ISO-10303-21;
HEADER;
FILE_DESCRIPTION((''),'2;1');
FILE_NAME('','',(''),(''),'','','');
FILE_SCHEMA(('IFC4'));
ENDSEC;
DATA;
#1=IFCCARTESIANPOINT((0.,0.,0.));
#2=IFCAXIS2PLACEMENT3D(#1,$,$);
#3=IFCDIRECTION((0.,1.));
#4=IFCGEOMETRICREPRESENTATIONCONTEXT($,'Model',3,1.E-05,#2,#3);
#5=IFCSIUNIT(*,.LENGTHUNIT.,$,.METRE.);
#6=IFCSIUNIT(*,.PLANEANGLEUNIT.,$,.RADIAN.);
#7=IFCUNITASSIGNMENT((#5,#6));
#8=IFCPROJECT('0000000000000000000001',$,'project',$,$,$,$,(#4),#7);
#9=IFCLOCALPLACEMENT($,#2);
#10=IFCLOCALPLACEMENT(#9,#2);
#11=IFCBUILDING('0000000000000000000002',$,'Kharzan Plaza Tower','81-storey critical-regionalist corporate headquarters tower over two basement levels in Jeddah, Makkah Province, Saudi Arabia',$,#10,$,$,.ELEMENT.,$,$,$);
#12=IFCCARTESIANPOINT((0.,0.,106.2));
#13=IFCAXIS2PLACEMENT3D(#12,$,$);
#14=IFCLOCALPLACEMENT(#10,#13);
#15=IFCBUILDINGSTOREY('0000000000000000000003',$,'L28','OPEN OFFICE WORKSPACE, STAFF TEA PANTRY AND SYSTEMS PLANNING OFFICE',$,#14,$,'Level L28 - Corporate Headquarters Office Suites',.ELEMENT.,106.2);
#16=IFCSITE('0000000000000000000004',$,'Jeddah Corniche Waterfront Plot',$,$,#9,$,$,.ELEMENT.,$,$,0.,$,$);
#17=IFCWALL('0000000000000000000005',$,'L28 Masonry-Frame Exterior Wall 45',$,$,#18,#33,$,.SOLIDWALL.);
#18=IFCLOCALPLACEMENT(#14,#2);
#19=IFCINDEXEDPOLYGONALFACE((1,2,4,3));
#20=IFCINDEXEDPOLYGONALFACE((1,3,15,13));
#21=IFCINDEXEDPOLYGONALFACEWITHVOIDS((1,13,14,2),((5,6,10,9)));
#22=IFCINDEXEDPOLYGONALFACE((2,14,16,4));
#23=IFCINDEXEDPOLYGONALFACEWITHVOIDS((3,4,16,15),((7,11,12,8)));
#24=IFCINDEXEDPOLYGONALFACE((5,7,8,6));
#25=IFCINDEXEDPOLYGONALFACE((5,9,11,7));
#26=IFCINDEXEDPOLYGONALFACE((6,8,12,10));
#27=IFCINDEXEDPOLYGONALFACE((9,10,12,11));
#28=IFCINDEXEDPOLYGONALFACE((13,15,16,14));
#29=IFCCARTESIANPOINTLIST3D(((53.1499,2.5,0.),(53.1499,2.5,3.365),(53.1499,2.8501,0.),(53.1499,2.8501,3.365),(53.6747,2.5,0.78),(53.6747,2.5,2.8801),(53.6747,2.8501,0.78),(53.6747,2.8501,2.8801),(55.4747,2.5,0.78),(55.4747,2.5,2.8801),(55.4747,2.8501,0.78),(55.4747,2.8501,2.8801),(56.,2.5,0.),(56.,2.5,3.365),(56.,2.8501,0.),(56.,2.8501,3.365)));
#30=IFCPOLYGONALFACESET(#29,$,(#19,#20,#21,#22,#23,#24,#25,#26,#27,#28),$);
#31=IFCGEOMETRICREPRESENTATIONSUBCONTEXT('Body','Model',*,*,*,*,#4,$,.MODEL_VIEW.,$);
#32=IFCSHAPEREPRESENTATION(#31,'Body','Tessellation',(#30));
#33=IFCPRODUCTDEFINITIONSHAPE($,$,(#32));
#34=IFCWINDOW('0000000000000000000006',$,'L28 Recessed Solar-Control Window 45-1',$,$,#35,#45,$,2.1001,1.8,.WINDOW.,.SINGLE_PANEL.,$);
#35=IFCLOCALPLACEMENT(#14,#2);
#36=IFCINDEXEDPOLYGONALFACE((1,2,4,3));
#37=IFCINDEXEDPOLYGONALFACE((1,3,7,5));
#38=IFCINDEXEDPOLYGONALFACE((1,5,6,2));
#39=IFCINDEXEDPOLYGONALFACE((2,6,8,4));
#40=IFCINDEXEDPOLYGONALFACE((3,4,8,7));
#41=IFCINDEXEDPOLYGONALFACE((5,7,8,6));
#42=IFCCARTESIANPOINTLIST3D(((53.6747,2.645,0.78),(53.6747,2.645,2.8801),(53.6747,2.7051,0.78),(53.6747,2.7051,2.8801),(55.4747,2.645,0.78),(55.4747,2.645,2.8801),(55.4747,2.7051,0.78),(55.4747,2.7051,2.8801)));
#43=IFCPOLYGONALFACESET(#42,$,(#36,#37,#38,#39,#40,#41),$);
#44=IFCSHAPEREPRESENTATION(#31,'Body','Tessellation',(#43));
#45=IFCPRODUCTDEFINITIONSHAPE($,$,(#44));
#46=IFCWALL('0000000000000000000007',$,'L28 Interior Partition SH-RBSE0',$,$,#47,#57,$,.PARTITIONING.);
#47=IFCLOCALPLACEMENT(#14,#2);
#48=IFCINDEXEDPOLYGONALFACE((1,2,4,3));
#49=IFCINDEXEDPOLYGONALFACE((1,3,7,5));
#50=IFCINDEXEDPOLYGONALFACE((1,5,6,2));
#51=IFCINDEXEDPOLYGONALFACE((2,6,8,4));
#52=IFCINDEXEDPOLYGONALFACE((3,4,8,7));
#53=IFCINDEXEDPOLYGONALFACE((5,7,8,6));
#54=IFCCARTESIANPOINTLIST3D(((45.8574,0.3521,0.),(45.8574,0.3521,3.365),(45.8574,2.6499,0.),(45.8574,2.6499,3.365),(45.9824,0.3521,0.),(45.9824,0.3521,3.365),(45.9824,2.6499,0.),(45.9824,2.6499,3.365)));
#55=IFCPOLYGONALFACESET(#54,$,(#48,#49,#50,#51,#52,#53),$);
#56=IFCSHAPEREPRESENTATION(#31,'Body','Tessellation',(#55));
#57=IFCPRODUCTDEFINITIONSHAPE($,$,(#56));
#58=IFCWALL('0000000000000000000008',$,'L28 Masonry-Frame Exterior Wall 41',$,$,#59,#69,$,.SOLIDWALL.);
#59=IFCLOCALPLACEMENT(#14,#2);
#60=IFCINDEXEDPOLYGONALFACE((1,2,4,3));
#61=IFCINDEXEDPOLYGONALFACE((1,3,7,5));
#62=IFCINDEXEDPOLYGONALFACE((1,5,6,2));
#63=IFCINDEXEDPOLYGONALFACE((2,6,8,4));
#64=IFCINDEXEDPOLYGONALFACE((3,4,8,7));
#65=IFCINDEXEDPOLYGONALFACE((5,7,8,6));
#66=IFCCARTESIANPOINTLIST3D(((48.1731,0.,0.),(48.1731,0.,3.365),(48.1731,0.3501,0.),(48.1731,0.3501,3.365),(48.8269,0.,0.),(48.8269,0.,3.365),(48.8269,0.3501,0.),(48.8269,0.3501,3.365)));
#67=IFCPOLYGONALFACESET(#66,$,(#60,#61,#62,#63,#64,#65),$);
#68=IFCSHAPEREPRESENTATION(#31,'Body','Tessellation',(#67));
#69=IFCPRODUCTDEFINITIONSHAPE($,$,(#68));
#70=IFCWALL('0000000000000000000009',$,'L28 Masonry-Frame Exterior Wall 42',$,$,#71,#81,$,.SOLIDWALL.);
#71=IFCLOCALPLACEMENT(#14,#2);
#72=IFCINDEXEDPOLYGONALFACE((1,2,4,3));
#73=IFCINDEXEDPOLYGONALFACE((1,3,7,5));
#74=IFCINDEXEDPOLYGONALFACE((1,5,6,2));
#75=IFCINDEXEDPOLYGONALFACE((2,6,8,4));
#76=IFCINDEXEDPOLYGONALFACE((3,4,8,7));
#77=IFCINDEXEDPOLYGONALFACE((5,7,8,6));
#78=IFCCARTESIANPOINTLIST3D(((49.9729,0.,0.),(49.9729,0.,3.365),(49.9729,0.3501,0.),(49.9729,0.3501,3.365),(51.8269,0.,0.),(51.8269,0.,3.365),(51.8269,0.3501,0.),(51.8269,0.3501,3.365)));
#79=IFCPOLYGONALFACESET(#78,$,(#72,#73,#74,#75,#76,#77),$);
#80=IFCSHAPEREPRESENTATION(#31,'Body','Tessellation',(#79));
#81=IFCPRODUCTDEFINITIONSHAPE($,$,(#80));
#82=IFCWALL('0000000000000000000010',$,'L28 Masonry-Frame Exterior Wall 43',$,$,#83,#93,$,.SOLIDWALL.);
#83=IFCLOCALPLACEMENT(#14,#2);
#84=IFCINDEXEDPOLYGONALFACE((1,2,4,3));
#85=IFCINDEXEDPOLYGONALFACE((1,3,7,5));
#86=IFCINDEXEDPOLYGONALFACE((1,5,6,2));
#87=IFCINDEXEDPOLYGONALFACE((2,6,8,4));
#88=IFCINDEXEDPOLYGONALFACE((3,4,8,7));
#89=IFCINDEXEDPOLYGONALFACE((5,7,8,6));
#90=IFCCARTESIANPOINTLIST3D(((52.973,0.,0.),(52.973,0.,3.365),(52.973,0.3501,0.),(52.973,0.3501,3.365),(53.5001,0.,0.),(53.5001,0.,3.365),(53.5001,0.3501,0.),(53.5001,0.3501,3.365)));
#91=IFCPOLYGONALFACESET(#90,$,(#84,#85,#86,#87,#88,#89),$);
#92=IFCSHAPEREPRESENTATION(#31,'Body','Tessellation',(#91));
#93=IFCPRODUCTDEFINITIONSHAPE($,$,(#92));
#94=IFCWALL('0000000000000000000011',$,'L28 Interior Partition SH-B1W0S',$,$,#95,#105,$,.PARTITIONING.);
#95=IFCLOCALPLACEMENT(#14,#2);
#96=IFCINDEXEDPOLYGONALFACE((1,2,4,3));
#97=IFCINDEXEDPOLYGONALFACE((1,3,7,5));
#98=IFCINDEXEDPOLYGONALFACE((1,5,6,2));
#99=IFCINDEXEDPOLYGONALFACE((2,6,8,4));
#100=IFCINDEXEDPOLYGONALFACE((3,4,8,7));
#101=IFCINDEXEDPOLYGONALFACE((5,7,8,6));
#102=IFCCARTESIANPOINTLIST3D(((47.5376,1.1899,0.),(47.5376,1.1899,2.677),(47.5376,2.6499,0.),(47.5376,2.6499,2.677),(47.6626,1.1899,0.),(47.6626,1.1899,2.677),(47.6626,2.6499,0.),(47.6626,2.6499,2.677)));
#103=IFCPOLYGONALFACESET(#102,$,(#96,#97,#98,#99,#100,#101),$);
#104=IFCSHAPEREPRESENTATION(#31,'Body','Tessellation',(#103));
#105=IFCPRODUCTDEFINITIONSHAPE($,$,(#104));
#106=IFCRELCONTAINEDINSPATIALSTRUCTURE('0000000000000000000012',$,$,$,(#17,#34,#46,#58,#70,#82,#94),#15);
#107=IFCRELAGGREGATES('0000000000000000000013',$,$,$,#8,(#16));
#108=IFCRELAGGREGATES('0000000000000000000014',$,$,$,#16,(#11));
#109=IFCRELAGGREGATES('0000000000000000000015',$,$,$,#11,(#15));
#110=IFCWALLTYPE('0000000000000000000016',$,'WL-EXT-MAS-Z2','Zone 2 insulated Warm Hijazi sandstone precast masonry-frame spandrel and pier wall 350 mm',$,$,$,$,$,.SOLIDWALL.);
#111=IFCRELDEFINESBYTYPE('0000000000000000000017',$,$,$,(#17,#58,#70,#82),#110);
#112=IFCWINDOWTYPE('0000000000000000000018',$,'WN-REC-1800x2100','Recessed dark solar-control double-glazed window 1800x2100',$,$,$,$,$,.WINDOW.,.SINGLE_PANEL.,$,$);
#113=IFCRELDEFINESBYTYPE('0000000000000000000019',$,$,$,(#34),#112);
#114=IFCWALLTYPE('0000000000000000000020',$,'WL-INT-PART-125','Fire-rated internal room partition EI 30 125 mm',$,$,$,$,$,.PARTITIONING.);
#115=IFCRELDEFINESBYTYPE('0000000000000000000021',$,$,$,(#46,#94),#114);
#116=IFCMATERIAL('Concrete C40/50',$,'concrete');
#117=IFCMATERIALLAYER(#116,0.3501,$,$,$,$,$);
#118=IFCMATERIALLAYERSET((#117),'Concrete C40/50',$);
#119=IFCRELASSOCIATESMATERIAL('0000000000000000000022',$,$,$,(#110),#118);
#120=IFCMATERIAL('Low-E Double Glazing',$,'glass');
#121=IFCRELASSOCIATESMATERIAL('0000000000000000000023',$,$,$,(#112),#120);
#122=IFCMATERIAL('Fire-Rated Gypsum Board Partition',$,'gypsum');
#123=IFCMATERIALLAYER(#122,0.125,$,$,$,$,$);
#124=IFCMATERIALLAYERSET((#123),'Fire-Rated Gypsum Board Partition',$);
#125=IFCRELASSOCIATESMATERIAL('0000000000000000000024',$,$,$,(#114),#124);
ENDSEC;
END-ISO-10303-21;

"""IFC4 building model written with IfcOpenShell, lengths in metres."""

from ifc_helpers import new_model, si_unit, direction, frame, frame_2d, origin, place, context, subcontext, project, spatial, rectangle, extrude, source, transform, mapped, material, layer, layer_set, type_object, element, fill, save


model = new_model("IFC4")

# Units and contexts
model_context = context("Model", 3, precision=1e-05, world=origin(), true_north=direction((0.0, 1.0)))
body_context = subcontext(model_context, "Body", "Model", "MODEL_VIEW")
ifc_project = project(units=[si_unit("LENGTHUNIT", "METRE"), si_unit("PLANEANGLEUNIT", "RADIAN")], contexts=[model_context])

# Site, building, storey
site_placement = place(None, origin())
site = spatial("IfcSite", under=ifc_project, at=site_placement, Name="Jeddah Corniche Waterfront Plot", CompositionType="ELEMENT", RefElevation=0.0)
building_placement = place(site_placement, origin())
building = spatial("IfcBuilding", under=site, at=building_placement, Name="Kharzan Plaza Tower", Description="81-storey critical-regionalist corporate headquarters tower over two basement levels in Jeddah, Makkah Province, Saudi Arabia", CompositionType="ELEMENT")
storey_placement = place(building_placement, frame((0.0, 0.0, 106.2)))
storey = spatial("IfcBuildingStorey", under=building, at=storey_placement, Name="L28", Description="OPEN OFFICE WORKSPACE, STAFF TEA PANTRY AND SYSTEMS PLANNING OFFICE", LongName="Level L28 - Corporate Headquarters Office Suites", CompositionType="ELEMENT", Elevation=106.2)

# Wall, opening, window
ifc_material_1 = material(Name="Concrete C40/50", Category="concrete")
ifc_layer_1 = layer(ifc_material_1, 0.3501)
ifc_layer_set_1 = layer_set([ifc_layer_1], Name="Concrete C40/50")
wall_type_1 = type_object("IfcWallType", Name="WL-EXT-MAS-Z2", Description="Zone 2 insulated Warm Hijazi sandstone precast masonry-frame spandrel and pier wall 350 mm", PredefinedType="SOLIDWALL", material=ifc_layer_set_1)
ifc_material_2 = material(Name="Low-E Double Glazing", Category="glass")
wall_1_placement = place(storey_placement, frame((53.1499, 2.675, 0.0), z_axis=(0.0, 0.0, 1.0), x_axis=(1.0, 0.0, 0.0)))
wall_1 = element("IfcWall", 1, at=wall_1_placement, inside=storey, type_object=wall_type_1, Name="L28 Masonry-Frame Exterior Wall 45", PredefinedType="SOLIDWALL", context=body_context, shape_type="SweptSolid", body=[
    extrude(rectangle(XDim=2.8501, YDim=0.3501, at=frame_2d((1.425, 0.0))), origin(), (0.0, 0.0, 1.0), 3.365),
])
opening_1_placement = place(wall_1_placement, frame((0.5249, 0.0, 0.78)))
opening_1 = element("IfcOpeningElement", 2, at=opening_1_placement, cuts=wall_1, PredefinedType="OPENING", context=body_context, shape_type="SweptSolid", body=[
    extrude(rectangle(XDim=1.8, YDim=2.1001, at=frame_2d((0.8999, 1.05))), frame((0.0, 0.1851, 0.0), z_axis=(0.0, -1.0, 0.0), x_axis=(1.0, 0.0, 0.0)), (0.0, 0.0, 1.0), 0.3701),
])
window_type_1 = type_object("IfcWindowType", Name="WN-REC-1800x2100", Description="Recessed dark solar-control double-glazed window 1800x2100", PartitioningType="SINGLE_PANEL", PredefinedType="WINDOW", material=ifc_material_2)
shared_shape_1 = source(origin(), body_context, "Body", "SweptSolid", [
    extrude(rectangle(XDim=1.8, YDim=2.1001, at=frame_2d((0.8999, 1.05))), frame((0.0, 0.03, 0.0), z_axis=(0.0, -1.0, 0.0), x_axis=(1.0, 0.0, 0.0)), (0.0, 0.0, 1.0), 0.0601),
])
window_1_placement = place(opening_1_placement, origin())
window_1 = element("IfcWindow", 3, at=window_1_placement, inside=storey, type_object=window_type_1, Name="L28 Recessed Solar-Control Window 45-1", OverallHeight=2.1001, OverallWidth=1.8, PartitioningType="SINGLE_PANEL", PredefinedType="WINDOW", context=body_context, shape_type="MappedRepresentation", body=[
    mapped(shared_shape_1, transform((0.0, 0.0, 0.0), x_axis=(1.0, 0.0, 0.0), y_axis=(0.0, 1.0, 0.0), z_axis=(0.0, 0.0, 1.0))),
])
fill(opening_1, window_1)

# Shared definitions
ifc_material_3 = material(Name="Fire-Rated Gypsum Board Partition", Category="gypsum")
ifc_layer_2 = layer(ifc_material_3, 0.125)
ifc_layer_set_2 = layer_set([ifc_layer_2], Name="Fire-Rated Gypsum Board Partition")
wall_type_2 = type_object("IfcWallType", Name="WL-INT-PART-125", Description="Fire-rated internal room partition EI 30 125 mm", PredefinedType="PARTITIONING", material=ifc_layer_set_2)

# Walls
shared_shape_2 = source(origin(), body_context, "Body", "SweptSolid", [
    extrude(rectangle(XDim=2.2979, YDim=0.125, at=frame_2d((1.1489, 0.0))), origin(), (0.0, 0.0, 1.0), 3.365),
])
wall_2_placement = place(storey_placement, frame((45.9199, 0.3521, 0.0), z_axis=(0.0, 0.0, 1.0), x_axis=(0.0, 1.0, 0.0)))
element("IfcWall", 4, at=wall_2_placement, inside=storey, type_object=wall_type_2, Name="L28 Interior Partition SH-RBSE0", PredefinedType="PARTITIONING", context=body_context, shape_type="MappedRepresentation", body=[
    mapped(shared_shape_2, transform((0.0, 0.0, 0.0), x_axis=(1.0, 0.0, 0.0), y_axis=(0.0, 1.0, 0.0), z_axis=(0.0, 0.0, 1.0))),
])
shared_shape_3 = source(origin(), body_context, "Body", "SweptSolid", [
    extrude(rectangle(XDim=0.6538, YDim=0.3501, at=frame_2d((0.3269, 0.0))), origin(), (0.0, 0.0, 1.0), 3.365),
])
wall_3_placement = place(storey_placement, frame((48.1731, 0.175, 0.0), z_axis=(0.0, 0.0, 1.0), x_axis=(1.0, 0.0, 0.0)))
element("IfcWall", 5, at=wall_3_placement, inside=storey, type_object=wall_type_1, Name="L28 Masonry-Frame Exterior Wall 41", PredefinedType="SOLIDWALL", context=body_context, shape_type="MappedRepresentation", body=[
    mapped(shared_shape_3, transform((0.0, 0.0, 0.0), x_axis=(1.0, 0.0, 0.0), y_axis=(0.0, 1.0, 0.0), z_axis=(0.0, 0.0, 1.0))),
])
shared_shape_4 = source(origin(), body_context, "Body", "SweptSolid", [
    extrude(rectangle(XDim=1.854, YDim=0.3501, at=frame_2d((0.927, 0.0))), origin(), (0.0, 0.0, 1.0), 3.365),
])
wall_4_placement = place(storey_placement, frame((49.9729, 0.175, 0.0), z_axis=(0.0, 0.0, 1.0), x_axis=(1.0, 0.0, 0.0)))
element("IfcWall", 6, at=wall_4_placement, inside=storey, type_object=wall_type_1, Name="L28 Masonry-Frame Exterior Wall 42", PredefinedType="SOLIDWALL", context=body_context, shape_type="MappedRepresentation", body=[
    mapped(shared_shape_4, transform((0.0, 0.0, 0.0), x_axis=(1.0, 0.0, 0.0), y_axis=(0.0, 1.0, 0.0), z_axis=(0.0, 0.0, 1.0))),
])
shared_shape_5 = source(origin(), body_context, "Body", "SweptSolid", [
    extrude(rectangle(XDim=0.5271, YDim=0.3501, at=frame_2d((0.2637, 0.0))), origin(), (0.0, 0.0, 1.0), 3.365),
])
wall_5_placement = place(storey_placement, frame((52.9729, 0.175, 0.0), z_axis=(0.0, 0.0, 1.0), x_axis=(1.0, 0.0, 0.0)))
element("IfcWall", 7, at=wall_5_placement, inside=storey, type_object=wall_type_1, Name="L28 Masonry-Frame Exterior Wall 43", PredefinedType="SOLIDWALL", context=body_context, shape_type="MappedRepresentation", body=[
    mapped(shared_shape_5, transform((0.0, 0.0, 0.0), x_axis=(1.0, 0.0, 0.0), y_axis=(0.0, 1.0, 0.0), z_axis=(0.0, 0.0, 1.0))),
])
shared_shape_6 = source(origin(), body_context, "Body", "SweptSolid", [
    extrude(rectangle(XDim=1.46, YDim=0.125, at=frame_2d((0.73, 0.0))), origin(), (0.0, 0.0, 1.0), 2.677),
])
wall_6_placement = place(storey_placement, frame((47.6001, 1.1899, 0.0), z_axis=(0.0, 0.0, 1.0), x_axis=(0.0, 1.0, 0.0)))
element("IfcWall", 8, at=wall_6_placement, inside=storey, type_object=wall_type_2, Name="L28 Interior Partition SH-B1W0S", PredefinedType="PARTITIONING", context=body_context, shape_type="MappedRepresentation", body=[
    mapped(shared_shape_6, transform((0.0, 0.0, 0.0), x_axis=(1.0, 0.0, 0.0), y_axis=(0.0, 1.0, 0.0), z_axis=(0.0, 0.0, 1.0))),
])

save(model, "model.ifc")
